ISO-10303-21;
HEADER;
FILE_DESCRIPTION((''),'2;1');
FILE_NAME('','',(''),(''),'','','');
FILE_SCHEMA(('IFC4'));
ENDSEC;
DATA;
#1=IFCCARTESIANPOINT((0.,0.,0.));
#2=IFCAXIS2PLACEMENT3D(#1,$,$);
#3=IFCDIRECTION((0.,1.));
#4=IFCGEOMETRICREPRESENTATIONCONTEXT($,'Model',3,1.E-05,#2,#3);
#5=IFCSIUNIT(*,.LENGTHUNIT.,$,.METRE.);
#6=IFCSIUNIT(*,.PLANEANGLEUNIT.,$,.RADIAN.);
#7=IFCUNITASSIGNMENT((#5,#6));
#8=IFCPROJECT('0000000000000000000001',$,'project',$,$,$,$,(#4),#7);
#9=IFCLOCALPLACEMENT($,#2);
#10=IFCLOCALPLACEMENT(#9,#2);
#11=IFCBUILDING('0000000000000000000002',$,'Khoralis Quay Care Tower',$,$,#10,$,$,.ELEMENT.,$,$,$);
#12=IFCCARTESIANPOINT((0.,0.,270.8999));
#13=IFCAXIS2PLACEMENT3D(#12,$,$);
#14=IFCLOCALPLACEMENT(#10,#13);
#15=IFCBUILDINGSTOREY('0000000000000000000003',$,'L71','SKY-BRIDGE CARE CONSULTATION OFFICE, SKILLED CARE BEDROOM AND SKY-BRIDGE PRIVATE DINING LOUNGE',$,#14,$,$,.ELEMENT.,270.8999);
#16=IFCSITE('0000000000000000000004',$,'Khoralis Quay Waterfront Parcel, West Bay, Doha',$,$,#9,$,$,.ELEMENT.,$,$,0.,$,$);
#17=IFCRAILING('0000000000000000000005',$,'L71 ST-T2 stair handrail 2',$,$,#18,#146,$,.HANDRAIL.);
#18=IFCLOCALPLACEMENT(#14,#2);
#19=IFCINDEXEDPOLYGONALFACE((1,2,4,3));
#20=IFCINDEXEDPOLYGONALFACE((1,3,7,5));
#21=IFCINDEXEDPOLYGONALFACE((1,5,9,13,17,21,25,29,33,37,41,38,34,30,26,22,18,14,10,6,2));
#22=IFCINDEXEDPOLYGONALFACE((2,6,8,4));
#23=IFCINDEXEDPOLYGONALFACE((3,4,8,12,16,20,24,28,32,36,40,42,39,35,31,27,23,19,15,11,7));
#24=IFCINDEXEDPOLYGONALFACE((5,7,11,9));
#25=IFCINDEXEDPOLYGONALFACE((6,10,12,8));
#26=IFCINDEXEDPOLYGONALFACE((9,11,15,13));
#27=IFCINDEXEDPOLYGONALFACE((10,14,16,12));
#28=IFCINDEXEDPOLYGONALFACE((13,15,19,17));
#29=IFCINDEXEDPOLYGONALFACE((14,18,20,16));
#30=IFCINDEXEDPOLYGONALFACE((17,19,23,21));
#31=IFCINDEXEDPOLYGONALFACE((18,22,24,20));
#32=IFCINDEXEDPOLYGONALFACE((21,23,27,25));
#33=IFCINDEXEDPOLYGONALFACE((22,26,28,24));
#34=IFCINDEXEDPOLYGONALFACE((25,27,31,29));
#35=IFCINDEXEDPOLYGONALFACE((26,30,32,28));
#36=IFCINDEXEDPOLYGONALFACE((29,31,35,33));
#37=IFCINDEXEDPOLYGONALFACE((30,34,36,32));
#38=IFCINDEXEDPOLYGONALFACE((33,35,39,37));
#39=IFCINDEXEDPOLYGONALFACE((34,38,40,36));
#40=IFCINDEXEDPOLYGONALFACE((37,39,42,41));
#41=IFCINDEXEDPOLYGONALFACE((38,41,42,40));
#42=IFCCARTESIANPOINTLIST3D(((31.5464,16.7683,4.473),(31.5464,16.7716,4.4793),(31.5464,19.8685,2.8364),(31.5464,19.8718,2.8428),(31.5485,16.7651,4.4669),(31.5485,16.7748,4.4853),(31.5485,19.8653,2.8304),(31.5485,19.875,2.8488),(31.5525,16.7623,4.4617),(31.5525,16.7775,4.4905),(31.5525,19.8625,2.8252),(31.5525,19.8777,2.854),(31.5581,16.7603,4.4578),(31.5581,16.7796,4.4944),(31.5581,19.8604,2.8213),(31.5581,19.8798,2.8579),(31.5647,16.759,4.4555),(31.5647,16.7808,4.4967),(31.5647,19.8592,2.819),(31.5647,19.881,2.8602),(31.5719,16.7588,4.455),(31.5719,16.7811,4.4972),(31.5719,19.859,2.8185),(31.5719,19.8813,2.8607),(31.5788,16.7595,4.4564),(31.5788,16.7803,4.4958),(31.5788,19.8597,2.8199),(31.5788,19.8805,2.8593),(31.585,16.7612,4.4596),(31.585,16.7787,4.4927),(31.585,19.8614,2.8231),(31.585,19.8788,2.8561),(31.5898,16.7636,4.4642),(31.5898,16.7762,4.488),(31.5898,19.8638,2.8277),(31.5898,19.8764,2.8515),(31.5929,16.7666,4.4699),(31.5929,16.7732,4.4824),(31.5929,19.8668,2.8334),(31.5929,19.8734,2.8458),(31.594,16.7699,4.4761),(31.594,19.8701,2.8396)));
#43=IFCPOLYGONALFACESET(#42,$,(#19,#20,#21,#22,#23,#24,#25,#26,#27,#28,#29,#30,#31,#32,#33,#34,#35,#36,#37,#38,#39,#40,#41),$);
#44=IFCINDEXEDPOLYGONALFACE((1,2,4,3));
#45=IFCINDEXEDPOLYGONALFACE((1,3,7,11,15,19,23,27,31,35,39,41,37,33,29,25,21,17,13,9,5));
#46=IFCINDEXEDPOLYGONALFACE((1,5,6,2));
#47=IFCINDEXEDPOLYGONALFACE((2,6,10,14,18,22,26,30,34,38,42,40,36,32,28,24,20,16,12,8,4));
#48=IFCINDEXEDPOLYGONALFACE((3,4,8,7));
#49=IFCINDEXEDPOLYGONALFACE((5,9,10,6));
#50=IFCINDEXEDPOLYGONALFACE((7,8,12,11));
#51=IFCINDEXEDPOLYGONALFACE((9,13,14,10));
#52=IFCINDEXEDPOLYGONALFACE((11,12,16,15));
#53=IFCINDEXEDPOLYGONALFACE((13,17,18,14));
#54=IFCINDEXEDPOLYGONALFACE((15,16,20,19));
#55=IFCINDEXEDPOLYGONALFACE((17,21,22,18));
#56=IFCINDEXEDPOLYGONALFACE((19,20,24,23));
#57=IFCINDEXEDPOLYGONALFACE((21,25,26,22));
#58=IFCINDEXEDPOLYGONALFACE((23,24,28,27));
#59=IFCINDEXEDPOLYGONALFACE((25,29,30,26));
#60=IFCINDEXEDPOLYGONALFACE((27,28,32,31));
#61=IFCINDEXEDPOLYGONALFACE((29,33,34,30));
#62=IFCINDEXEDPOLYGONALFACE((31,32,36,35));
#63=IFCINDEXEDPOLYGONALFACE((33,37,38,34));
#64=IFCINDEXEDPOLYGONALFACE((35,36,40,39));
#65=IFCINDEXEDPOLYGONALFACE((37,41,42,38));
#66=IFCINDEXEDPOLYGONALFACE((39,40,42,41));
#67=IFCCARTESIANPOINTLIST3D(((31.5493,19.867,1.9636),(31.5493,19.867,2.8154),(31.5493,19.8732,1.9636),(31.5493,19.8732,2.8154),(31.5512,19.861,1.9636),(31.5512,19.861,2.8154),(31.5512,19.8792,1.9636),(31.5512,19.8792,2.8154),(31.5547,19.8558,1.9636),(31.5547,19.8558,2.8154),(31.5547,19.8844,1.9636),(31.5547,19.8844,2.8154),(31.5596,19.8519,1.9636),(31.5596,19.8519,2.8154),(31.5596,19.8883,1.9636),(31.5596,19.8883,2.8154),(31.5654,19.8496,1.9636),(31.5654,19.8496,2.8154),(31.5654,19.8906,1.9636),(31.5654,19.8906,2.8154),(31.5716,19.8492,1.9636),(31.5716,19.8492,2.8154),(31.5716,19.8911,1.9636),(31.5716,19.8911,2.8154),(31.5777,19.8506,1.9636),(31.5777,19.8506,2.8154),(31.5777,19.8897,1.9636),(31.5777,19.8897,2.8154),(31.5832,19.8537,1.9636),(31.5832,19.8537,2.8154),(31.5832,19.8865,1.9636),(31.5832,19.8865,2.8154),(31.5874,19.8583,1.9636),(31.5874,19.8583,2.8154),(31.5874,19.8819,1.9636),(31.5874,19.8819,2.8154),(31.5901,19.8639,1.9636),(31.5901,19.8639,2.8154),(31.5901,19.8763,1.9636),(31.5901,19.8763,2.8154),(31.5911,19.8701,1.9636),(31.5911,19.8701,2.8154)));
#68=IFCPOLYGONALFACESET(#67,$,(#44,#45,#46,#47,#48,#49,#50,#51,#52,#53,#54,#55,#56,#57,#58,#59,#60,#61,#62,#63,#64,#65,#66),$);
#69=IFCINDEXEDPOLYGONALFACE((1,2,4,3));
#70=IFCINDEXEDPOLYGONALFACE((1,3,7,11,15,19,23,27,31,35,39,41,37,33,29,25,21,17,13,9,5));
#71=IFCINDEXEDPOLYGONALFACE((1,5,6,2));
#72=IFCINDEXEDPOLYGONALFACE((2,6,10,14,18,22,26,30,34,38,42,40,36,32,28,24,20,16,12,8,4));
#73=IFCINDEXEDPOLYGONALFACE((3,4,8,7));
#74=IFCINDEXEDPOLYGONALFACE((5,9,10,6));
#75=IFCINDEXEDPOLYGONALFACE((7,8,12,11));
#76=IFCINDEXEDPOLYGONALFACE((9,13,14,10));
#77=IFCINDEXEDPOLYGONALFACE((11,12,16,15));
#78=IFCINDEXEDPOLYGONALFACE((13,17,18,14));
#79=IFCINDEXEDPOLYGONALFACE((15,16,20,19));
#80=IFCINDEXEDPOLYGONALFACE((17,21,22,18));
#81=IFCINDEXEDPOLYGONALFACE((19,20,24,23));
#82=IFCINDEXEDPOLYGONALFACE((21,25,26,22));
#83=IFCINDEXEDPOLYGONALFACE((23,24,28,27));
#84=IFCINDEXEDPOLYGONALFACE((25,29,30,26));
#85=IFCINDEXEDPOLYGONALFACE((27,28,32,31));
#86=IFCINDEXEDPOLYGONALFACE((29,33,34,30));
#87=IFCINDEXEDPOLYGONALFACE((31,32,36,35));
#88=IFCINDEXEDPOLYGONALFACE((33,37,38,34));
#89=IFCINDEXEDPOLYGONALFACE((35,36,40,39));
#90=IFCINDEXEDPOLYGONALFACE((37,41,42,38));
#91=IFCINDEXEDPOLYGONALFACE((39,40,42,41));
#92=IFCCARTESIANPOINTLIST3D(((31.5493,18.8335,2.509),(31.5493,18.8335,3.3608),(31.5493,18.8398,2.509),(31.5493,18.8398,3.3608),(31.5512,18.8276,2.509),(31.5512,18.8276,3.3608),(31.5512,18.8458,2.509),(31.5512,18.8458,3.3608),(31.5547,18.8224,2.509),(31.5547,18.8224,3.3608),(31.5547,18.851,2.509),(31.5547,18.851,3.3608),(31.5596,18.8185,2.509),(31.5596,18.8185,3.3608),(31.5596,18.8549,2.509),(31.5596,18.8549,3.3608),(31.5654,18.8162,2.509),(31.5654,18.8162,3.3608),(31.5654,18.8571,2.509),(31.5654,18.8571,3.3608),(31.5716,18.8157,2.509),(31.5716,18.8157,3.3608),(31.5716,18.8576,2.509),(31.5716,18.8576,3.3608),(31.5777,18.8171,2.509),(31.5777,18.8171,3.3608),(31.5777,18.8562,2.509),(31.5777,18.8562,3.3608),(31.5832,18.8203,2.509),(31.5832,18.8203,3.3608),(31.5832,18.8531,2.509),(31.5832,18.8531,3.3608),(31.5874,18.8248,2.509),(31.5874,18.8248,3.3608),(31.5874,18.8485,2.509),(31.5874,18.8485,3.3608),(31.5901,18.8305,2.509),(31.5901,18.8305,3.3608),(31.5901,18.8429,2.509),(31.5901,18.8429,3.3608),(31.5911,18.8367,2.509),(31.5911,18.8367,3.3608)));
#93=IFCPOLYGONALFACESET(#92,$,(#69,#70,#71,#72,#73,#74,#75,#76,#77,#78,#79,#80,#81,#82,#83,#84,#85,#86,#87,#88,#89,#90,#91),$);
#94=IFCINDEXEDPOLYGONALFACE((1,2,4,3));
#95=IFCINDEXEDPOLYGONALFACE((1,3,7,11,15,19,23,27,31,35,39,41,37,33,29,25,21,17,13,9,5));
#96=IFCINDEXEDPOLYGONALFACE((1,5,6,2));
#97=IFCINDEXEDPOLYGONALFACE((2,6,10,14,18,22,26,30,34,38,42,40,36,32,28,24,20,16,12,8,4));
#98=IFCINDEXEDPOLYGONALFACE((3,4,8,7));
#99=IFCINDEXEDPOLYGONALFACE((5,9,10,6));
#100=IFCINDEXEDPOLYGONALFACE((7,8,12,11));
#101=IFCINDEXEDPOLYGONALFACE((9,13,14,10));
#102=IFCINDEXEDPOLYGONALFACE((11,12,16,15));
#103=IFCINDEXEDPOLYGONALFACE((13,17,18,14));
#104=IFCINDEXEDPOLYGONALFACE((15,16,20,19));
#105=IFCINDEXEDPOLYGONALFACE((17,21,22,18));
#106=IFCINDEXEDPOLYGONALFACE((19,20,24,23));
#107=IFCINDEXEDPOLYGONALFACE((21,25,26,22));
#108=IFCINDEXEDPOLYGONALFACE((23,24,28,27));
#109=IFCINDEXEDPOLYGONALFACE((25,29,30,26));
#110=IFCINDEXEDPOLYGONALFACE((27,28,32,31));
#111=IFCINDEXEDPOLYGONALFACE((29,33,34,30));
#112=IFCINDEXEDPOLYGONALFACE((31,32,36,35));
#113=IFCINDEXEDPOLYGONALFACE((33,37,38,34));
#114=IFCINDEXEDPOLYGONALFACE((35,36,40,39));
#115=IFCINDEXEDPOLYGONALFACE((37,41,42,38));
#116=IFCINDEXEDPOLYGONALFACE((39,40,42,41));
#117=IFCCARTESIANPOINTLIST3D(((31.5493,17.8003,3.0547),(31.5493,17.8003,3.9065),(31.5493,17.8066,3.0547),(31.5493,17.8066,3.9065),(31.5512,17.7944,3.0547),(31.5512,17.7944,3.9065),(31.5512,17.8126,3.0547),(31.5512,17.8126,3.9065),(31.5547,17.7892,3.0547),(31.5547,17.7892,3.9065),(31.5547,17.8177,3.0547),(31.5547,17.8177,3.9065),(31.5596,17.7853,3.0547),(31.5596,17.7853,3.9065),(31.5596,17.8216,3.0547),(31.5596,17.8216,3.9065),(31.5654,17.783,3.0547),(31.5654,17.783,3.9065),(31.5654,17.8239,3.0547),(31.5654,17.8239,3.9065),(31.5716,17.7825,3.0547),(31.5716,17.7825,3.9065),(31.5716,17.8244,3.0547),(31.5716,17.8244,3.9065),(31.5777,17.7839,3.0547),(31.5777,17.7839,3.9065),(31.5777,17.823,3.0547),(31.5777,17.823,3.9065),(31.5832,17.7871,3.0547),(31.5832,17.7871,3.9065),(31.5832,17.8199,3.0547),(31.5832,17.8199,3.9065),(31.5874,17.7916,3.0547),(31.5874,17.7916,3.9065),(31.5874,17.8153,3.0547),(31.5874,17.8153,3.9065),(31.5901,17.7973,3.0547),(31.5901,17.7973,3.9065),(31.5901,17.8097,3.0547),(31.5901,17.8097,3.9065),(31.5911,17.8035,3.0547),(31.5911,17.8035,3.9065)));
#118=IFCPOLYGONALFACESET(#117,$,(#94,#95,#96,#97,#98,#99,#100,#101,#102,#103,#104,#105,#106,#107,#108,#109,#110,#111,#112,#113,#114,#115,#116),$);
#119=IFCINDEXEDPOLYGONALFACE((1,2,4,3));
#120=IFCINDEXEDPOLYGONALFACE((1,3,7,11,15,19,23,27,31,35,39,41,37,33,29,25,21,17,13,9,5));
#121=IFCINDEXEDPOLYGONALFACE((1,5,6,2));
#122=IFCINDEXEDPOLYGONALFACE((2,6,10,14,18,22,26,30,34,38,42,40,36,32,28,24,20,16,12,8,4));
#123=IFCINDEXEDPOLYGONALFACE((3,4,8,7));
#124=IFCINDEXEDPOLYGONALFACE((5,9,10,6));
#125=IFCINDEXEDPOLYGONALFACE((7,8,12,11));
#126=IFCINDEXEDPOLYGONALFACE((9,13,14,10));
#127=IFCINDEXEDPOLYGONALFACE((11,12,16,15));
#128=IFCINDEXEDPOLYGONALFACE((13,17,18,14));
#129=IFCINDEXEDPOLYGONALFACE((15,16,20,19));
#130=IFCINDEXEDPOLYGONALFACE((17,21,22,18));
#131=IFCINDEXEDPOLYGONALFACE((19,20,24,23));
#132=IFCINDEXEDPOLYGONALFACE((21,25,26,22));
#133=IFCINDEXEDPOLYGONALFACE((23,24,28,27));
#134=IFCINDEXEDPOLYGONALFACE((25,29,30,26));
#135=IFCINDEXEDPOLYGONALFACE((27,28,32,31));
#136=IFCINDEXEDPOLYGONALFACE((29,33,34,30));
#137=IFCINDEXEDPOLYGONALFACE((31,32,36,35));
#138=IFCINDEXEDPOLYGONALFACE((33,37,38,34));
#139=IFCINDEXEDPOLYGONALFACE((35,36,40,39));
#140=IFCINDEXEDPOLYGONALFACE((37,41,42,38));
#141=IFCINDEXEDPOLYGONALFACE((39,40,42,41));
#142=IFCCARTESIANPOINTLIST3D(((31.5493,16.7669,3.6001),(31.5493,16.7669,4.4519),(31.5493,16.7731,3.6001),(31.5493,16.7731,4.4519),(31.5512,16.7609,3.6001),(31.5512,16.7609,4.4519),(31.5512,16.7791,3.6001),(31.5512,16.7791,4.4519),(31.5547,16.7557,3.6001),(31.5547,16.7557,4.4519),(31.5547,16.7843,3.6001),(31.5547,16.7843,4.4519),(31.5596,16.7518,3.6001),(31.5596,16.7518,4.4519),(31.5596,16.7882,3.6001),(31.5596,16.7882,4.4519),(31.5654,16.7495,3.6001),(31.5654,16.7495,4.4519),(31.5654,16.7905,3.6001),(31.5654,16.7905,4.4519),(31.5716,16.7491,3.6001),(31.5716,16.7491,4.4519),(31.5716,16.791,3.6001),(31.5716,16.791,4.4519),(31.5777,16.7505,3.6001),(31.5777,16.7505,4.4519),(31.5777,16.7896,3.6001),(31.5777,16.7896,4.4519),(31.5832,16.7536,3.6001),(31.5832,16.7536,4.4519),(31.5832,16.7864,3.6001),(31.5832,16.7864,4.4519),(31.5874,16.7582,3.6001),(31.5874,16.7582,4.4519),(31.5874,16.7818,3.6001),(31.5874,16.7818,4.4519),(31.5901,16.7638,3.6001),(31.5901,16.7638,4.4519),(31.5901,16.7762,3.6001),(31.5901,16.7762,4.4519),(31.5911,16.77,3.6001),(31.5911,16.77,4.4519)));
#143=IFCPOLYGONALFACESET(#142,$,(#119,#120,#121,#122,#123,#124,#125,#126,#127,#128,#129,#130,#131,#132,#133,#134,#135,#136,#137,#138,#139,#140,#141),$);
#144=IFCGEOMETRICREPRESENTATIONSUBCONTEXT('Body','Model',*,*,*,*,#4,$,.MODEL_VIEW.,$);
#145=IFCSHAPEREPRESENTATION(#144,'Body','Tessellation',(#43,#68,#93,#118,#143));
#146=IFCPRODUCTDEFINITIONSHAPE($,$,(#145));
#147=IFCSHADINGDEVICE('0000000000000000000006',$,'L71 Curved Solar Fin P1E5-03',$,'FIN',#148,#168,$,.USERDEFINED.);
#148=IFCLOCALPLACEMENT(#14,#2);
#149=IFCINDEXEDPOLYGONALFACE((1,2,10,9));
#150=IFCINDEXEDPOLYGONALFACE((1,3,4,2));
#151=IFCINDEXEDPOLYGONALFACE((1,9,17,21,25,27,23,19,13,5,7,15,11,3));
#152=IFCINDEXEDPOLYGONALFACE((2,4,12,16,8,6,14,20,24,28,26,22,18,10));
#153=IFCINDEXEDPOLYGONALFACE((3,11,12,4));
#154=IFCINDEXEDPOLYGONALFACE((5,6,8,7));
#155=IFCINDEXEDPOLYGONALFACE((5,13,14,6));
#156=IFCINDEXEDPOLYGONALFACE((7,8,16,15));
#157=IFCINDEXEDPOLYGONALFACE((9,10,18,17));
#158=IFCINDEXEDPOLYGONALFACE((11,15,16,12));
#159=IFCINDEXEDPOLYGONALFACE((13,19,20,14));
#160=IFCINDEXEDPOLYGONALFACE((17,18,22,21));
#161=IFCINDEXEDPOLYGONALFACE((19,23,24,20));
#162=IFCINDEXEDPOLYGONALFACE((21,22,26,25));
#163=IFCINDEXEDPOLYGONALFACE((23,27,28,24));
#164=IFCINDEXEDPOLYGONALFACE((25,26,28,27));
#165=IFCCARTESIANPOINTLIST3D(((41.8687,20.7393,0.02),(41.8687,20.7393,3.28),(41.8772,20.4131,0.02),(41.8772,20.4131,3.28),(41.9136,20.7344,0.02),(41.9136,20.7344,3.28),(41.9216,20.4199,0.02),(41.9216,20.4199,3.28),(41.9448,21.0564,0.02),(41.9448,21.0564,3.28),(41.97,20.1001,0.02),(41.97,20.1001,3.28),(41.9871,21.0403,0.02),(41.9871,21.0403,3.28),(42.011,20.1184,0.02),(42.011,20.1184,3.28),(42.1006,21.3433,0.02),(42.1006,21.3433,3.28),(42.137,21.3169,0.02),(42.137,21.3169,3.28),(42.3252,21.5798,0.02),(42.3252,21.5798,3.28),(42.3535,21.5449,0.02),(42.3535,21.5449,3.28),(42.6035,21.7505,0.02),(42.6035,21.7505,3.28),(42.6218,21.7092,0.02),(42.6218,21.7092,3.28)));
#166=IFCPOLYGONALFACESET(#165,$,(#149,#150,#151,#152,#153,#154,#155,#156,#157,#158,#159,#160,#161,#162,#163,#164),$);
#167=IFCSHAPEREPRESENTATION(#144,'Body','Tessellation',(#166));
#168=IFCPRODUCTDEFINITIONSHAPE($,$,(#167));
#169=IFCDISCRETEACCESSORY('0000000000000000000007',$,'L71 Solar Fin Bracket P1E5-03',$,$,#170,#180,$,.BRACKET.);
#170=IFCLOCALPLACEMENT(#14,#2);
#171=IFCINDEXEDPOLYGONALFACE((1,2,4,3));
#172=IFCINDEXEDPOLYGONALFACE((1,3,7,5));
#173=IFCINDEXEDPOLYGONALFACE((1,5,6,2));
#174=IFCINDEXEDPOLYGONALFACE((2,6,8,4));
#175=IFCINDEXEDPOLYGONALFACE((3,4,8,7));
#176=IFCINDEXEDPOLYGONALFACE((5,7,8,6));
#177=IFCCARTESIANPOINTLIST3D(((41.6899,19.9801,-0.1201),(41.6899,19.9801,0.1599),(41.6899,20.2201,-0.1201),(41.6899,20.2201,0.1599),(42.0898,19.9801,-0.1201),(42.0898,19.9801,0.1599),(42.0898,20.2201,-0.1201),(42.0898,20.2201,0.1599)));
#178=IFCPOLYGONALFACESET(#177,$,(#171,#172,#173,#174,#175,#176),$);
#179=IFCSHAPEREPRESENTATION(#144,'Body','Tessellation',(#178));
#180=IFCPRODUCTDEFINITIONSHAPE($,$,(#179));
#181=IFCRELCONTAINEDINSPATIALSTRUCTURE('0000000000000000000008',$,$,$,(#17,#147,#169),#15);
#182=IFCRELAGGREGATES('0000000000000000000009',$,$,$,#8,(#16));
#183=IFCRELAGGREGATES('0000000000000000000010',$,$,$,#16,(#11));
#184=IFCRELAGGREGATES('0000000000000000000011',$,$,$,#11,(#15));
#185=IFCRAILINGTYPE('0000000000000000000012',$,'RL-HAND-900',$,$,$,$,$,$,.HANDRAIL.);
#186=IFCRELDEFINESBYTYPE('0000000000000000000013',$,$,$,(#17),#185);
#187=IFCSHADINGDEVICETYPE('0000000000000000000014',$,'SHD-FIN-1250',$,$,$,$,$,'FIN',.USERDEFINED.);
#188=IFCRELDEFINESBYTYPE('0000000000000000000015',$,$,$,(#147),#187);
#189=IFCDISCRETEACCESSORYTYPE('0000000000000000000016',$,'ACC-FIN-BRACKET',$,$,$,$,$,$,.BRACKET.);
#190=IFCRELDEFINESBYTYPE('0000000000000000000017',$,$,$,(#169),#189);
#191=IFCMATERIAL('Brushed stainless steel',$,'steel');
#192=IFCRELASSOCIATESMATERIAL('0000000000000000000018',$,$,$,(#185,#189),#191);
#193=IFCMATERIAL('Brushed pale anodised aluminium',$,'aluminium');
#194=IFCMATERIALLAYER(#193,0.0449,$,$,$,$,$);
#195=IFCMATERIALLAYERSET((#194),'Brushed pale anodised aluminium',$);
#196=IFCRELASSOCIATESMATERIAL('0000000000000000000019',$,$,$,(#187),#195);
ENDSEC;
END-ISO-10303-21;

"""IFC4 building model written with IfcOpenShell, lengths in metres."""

from ifc_helpers import new_model, si_unit, direction, frame, origin, origin_2d, place, context, subcontext, project, spatial, polyline, rectangle, circle, outline, extrude, source, transform, mapped, material, layer, layer_set, type_object, element, save


model = new_model("IFC4")

# Units and contexts
model_context = context("Model", 3, precision=1e-05, world=origin(), true_north=direction((0.0, 1.0)))
body_context = subcontext(model_context, "Body", "Model", "MODEL_VIEW")
ifc_project = project(units=[si_unit("LENGTHUNIT", "METRE"), si_unit("PLANEANGLEUNIT", "RADIAN")], contexts=[model_context])

# Site, building, storey
site_placement = place(None, origin())
site = spatial("IfcSite", under=ifc_project, at=site_placement, Name="Khoralis Quay Waterfront Parcel, West Bay, Doha", CompositionType="ELEMENT", RefElevation=0.0)
building_placement = place(site_placement, origin())
building = spatial("IfcBuilding", under=site, at=building_placement, Name="Khoralis Quay Care Tower", CompositionType="ELEMENT")
storey_placement = place(building_placement, frame((0.0, 0.0, 270.8999)))
storey = spatial("IfcBuildingStorey", under=building, at=storey_placement, Name="L71", Description="SKY-BRIDGE CARE CONSULTATION OFFICE, SKILLED CARE BEDROOM AND SKY-BRIDGE PRIVATE DINING LOUNGE", CompositionType="ELEMENT", Elevation=270.8999)

# Railing
ifc_material_1 = material(Name="Brushed stainless steel", Category="steel")
railing_type_1 = type_object("IfcRailingType", Name="RL-HAND-900", PredefinedType="HANDRAIL", material=ifc_material_1)
railing_1_placement = place(storey_placement, frame((31.5701, 19.8701, 1.9636)))
element("IfcRailing", 1, at=railing_1_placement, inside=storey, type_object=railing_type_1, Name="L71 ST-T2 stair handrail 2", PredefinedType="HANDRAIL", context=body_context, shape_type="SweptSolid", body=[
    extrude(circle(Radius=0.0239, at=origin_2d()), frame((0.0, 0.0, 0.876), z_axis=(0.0, -0.884348, 0.466828), x_axis=(1.0, 0.0, 0.0)), (0.0, 0.0, 1.0), 3.5056),
    extrude(circle(Radius=0.021, at=origin_2d()), origin(), (0.0, 0.0, 1.0), 0.8518),
    extrude(circle(Radius=0.021, at=origin_2d()), frame((0.0, -1.0334, 0.5454)), (0.0, 0.0, 1.0), 0.8518),
    extrude(circle(Radius=0.021, at=origin_2d()), frame((0.0, -2.0667, 1.0911)), (0.0, 0.0, 1.0), 0.8518),
    extrude(circle(Radius=0.021, at=origin_2d()), frame((0.0, -3.1001, 1.6365)), (0.0, 0.0, 1.0), 0.8518),
])

# Shading device
ifc_material_2 = material(Name="Brushed pale anodised aluminium", Category="aluminium")
ifc_layer_1 = layer(ifc_material_2, 0.0449)
ifc_layer_set_1 = layer_set([ifc_layer_1], Name="Brushed pale anodised aluminium")
shading_device_type = type_object("IfcShadingDeviceType", Name="SHD-FIN-1250", ElementType="FIN", PredefinedType="USERDEFINED", material=ifc_layer_set_1)
shared_shape_1 = source(origin(), body_context, "Body", "SweptSolid", [
    extrude(outline(polyline([(0.0, 0.0), (-0.0928, 0.313), (-0.1013, 0.6392), (-0.0251, 0.9563), (0.1306, 1.2432), (0.3552, 1.4797), (0.6335, 1.6504), (0.6519, 1.6091), (0.3835, 1.4448), (0.167, 1.2168), (0.0171, 0.9402), (-0.0564, 0.6343), (-0.0483, 0.3198), (0.041, 0.0183), (0.0, 0.0)])), origin(), (0.0, 0.0, 1.0), 3.26),
])
shading_device_placement = place(storey_placement, frame((41.97, 20.1001, 0.02), z_axis=(0.0, 0.0, 1.0), x_axis=(1.0, 0.0, 0.0)))
element("IfcShadingDevice", 2, at=shading_device_placement, inside=storey, type_object=shading_device_type, Name="L71 Curved Solar Fin P1E5-03", ObjectType="FIN", PredefinedType="USERDEFINED", context=body_context, shape_type="MappedRepresentation", body=[
    mapped(shared_shape_1, transform((0.0, 0.0, 0.0), scale=1.0)),
])

# Discrete accessory
discrete_accessory_type = type_object("IfcDiscreteAccessoryType", Name="ACC-FIN-BRACKET", PredefinedType="BRACKET", material=ifc_material_1)
shared_shape_2 = source(origin(), body_context, "Body", "SweptSolid", [
    extrude(rectangle(XDim=0.3999, YDim=0.24, at=origin_2d()), origin(), (0.0, 0.0, 1.0), 0.28),
])
discrete_accessory_placement = place(storey_placement, frame((41.8899, 20.1001, -0.1201), z_axis=(0.0, 0.0, 1.0), x_axis=(1.0, 0.0, 0.0)))
element("IfcDiscreteAccessory", 3, at=discrete_accessory_placement, inside=storey, type_object=discrete_accessory_type, Name="L71 Solar Fin Bracket P1E5-03", PredefinedType="BRACKET", context=body_context, shape_type="MappedRepresentation", body=[
    mapped(shared_shape_2, transform((0.0, 0.0, 0.0), scale=1.0)),
])

save(model, "model.ifc")
